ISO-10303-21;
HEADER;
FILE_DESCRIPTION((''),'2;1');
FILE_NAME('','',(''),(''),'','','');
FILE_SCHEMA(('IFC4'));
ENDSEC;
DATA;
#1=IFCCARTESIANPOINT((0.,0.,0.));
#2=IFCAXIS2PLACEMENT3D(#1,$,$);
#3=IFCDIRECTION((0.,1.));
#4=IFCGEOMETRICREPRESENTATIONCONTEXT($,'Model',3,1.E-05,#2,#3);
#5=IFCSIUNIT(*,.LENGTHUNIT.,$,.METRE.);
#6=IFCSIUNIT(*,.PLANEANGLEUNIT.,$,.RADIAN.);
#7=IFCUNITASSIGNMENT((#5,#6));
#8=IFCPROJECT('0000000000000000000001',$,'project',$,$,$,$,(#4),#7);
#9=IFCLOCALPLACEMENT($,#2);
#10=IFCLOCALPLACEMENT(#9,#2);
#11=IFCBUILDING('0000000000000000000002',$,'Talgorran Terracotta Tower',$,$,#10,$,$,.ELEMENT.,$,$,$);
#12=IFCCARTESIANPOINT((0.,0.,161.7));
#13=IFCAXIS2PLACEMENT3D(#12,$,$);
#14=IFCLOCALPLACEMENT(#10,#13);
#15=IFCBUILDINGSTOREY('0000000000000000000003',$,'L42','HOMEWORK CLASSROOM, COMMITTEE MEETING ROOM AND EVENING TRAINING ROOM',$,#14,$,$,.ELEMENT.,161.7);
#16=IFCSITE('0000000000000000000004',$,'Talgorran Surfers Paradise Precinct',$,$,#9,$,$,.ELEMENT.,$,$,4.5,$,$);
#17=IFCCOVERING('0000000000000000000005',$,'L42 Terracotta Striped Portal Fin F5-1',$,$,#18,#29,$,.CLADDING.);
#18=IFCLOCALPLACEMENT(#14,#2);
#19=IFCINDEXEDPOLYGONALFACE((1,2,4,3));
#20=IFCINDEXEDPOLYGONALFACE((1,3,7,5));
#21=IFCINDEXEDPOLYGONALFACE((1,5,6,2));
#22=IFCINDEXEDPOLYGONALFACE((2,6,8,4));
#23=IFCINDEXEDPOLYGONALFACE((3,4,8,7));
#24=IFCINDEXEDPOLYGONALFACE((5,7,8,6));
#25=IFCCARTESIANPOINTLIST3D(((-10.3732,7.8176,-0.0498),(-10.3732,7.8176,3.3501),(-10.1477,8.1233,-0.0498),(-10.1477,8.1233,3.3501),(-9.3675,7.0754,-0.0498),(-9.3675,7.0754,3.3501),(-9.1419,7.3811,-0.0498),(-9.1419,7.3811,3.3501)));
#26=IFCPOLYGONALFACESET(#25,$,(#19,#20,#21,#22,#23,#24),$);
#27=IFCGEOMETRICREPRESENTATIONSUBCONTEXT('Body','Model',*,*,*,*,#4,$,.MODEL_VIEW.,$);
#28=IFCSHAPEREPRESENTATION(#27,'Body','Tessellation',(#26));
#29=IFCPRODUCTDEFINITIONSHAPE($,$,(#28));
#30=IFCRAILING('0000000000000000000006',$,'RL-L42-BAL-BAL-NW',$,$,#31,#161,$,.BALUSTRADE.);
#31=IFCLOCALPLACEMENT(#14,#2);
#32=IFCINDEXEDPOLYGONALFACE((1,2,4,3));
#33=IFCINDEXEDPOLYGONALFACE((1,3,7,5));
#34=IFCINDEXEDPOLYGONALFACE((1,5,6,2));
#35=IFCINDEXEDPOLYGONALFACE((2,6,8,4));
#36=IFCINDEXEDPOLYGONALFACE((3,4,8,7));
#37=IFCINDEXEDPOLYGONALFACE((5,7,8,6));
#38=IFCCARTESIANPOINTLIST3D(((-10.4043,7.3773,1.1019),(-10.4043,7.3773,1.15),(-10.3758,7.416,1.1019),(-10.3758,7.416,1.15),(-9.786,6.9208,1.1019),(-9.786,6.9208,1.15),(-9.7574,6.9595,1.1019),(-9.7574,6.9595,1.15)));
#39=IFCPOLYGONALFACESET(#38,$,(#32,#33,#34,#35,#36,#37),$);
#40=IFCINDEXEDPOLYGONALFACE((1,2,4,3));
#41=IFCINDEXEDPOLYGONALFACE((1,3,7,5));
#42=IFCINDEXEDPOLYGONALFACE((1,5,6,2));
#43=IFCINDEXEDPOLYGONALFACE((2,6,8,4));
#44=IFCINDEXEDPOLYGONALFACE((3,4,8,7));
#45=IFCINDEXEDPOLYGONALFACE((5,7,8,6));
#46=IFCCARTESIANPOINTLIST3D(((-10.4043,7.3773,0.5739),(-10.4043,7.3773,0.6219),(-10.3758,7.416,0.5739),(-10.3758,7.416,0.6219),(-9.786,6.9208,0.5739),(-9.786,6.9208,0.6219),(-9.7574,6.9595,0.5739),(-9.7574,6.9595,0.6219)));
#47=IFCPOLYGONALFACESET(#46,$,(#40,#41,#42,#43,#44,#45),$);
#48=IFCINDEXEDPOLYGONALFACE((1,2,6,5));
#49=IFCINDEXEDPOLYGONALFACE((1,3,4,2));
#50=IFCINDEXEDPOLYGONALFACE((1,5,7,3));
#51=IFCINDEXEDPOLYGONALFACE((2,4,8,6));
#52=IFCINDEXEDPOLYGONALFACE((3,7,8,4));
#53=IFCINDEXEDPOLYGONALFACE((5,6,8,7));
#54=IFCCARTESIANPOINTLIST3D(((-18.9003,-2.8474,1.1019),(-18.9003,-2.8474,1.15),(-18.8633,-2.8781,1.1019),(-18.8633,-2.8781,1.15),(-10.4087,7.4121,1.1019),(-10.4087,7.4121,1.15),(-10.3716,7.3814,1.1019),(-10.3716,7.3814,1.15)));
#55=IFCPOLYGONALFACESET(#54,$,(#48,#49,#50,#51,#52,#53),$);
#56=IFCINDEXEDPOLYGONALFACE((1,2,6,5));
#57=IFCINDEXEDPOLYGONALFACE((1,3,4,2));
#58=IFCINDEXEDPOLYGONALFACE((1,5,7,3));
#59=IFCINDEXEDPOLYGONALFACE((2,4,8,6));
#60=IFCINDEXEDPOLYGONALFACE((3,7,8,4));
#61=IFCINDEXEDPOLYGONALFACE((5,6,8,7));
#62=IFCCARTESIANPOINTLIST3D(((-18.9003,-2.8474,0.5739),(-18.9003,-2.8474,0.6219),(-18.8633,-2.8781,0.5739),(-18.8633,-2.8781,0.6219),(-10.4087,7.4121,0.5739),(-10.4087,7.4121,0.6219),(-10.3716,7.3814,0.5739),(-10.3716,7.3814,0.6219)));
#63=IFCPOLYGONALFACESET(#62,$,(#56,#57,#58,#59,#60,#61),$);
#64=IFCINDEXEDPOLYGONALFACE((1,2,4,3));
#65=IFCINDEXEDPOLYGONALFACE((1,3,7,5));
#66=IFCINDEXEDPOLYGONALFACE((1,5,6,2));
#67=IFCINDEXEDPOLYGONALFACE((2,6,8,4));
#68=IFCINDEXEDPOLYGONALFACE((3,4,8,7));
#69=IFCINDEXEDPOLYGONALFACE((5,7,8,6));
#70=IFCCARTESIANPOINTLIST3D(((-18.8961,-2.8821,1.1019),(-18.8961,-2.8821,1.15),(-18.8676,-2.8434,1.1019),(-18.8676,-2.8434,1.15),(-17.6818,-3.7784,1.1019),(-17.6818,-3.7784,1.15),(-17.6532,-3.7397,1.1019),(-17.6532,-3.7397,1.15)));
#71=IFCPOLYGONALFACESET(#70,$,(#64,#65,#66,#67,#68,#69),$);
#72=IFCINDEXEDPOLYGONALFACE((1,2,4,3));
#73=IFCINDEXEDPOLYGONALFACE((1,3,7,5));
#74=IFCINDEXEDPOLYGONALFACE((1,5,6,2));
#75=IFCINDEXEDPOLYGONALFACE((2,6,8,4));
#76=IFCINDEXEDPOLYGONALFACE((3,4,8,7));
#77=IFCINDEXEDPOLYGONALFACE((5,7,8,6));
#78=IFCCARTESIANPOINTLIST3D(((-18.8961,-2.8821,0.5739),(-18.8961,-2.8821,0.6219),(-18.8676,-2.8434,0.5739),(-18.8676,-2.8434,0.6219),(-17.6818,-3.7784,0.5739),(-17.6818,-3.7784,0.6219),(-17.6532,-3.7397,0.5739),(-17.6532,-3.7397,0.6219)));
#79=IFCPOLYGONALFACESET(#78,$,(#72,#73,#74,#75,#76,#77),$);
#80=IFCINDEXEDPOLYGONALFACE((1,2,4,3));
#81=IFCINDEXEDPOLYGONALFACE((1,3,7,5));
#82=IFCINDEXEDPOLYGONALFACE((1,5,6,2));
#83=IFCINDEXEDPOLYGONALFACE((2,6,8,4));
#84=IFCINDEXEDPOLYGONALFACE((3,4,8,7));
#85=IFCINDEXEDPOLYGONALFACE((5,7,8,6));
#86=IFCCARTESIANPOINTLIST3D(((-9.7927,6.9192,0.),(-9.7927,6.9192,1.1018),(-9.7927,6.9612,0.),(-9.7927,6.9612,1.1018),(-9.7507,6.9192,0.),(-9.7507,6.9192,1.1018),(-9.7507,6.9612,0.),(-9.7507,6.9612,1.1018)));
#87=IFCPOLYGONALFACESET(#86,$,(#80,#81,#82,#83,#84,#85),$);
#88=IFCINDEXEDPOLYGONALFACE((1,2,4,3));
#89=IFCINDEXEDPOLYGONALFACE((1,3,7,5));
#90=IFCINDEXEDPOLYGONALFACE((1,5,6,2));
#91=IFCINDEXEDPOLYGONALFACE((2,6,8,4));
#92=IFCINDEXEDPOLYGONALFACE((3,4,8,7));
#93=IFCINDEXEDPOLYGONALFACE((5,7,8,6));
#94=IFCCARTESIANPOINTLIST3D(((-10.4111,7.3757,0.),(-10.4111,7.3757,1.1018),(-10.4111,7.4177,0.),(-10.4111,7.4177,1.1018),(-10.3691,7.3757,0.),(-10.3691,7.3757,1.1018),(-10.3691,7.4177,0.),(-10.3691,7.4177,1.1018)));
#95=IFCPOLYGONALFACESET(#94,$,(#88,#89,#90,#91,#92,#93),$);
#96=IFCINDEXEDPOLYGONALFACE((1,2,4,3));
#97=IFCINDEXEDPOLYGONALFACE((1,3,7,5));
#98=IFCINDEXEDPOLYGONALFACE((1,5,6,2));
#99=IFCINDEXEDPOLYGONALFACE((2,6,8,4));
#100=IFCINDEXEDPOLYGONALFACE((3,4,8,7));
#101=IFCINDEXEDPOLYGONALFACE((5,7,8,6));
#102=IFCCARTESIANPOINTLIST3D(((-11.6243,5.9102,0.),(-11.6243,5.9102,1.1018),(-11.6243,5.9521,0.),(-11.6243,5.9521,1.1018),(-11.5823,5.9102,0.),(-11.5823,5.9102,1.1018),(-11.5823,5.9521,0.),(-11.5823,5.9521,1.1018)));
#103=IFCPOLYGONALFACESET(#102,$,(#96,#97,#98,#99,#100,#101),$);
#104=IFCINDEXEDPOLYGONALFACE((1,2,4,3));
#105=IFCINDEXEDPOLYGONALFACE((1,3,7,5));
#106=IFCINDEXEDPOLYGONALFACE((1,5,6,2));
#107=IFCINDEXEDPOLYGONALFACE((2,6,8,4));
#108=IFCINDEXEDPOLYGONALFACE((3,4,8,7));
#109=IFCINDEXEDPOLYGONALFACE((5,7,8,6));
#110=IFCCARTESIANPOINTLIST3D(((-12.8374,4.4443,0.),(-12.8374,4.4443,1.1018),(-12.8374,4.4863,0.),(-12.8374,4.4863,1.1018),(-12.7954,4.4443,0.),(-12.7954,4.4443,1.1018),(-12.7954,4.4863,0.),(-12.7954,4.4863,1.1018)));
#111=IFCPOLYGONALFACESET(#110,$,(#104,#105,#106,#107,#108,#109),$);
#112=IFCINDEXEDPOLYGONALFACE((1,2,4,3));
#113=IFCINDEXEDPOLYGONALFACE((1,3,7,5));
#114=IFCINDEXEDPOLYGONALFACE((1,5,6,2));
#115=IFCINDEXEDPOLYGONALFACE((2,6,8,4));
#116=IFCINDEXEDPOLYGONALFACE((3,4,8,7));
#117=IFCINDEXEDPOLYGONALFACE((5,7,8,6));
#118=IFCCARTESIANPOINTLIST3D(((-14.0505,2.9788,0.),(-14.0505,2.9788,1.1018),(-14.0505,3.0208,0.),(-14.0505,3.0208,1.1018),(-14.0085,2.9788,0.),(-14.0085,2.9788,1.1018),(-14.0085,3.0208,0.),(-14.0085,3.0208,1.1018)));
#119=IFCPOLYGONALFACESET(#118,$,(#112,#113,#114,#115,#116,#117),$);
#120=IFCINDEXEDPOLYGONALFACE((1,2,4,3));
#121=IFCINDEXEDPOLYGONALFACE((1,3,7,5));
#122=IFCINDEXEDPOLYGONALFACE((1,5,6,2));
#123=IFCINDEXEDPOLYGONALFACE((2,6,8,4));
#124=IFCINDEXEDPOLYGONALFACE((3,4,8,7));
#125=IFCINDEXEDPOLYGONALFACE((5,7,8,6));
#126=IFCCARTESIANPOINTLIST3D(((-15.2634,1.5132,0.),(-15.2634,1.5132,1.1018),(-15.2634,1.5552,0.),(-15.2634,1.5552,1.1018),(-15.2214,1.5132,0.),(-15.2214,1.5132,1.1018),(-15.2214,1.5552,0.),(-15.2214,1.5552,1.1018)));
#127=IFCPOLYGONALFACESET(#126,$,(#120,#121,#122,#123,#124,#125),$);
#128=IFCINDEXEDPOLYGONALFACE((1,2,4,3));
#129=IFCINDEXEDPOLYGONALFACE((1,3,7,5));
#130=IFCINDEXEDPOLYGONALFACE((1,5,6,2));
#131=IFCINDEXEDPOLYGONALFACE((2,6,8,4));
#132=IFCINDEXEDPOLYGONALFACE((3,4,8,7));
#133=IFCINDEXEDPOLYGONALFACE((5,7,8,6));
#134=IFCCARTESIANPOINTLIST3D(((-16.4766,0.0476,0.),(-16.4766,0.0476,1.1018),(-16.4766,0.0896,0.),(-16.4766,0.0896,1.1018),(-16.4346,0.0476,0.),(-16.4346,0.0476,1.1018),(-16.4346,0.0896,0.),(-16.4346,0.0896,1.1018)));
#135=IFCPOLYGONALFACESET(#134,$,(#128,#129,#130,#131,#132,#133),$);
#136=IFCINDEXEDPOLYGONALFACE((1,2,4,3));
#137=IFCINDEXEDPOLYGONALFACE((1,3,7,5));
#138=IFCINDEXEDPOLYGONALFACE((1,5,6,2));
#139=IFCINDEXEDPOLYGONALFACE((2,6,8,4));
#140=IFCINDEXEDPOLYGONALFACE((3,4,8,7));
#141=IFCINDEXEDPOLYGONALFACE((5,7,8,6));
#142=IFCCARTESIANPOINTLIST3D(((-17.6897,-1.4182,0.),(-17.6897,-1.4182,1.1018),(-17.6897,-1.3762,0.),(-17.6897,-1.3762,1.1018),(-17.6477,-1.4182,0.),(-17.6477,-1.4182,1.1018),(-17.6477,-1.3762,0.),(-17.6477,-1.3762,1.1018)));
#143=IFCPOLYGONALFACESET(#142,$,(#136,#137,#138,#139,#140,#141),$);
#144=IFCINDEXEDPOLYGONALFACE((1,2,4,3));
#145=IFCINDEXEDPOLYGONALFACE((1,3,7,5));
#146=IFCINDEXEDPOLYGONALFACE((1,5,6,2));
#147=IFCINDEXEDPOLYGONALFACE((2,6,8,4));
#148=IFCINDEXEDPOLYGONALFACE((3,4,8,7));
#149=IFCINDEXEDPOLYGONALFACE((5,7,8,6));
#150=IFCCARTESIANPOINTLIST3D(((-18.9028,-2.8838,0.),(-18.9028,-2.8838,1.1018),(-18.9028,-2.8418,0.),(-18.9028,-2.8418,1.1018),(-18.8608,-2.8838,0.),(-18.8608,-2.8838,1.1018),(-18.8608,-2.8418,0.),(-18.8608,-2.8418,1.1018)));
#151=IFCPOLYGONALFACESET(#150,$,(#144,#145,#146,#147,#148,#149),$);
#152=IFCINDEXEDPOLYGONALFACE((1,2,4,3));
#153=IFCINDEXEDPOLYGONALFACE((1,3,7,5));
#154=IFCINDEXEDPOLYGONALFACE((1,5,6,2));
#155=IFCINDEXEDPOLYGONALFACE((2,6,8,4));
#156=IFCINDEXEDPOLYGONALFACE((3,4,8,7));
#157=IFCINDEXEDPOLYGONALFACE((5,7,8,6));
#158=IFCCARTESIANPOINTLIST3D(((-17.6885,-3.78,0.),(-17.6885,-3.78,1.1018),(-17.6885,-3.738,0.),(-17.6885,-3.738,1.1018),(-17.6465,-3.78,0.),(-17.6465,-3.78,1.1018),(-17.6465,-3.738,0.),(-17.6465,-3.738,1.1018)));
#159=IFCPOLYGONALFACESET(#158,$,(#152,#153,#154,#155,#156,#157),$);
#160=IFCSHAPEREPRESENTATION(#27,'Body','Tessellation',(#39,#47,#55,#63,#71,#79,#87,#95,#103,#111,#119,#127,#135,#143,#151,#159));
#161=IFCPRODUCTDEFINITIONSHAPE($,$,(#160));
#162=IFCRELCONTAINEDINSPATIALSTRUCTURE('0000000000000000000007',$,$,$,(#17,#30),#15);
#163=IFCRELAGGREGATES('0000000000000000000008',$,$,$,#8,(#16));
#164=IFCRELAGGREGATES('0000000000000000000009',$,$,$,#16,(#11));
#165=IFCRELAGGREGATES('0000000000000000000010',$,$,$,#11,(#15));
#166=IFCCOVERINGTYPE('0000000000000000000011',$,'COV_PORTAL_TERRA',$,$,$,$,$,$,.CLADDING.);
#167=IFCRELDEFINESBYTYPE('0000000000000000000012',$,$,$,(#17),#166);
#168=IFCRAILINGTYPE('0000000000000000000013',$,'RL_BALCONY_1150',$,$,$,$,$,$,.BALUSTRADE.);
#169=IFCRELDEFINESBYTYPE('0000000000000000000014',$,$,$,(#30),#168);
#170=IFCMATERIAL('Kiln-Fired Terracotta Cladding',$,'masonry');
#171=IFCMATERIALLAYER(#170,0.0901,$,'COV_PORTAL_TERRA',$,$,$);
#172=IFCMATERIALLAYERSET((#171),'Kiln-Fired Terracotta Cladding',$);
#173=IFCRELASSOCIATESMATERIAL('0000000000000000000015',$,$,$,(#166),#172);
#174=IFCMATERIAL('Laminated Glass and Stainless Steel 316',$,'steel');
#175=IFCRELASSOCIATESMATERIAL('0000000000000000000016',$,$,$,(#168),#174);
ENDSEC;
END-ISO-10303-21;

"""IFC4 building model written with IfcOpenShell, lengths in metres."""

from ifc_helpers import new_model, si_unit, direction, frame, origin, origin_2d, place, context, subcontext, project, spatial, rectangle, extrude, material, layer, layer_set, type_object, element, save


model = new_model("IFC4")

# Units and contexts
model_context = context("Model", 3, precision=1e-05, world=origin(), true_north=direction((0.0, 1.0)))
body_context = subcontext(model_context, "Body", "Model", "MODEL_VIEW")
ifc_project = project(units=[si_unit("LENGTHUNIT", "METRE"), si_unit("PLANEANGLEUNIT", "RADIAN")], contexts=[model_context])

# Site, building, storey
site_placement = place(None, origin())
site = spatial("IfcSite", under=ifc_project, at=site_placement, Name="Talgorran Surfers Paradise Precinct", CompositionType="ELEMENT", RefElevation=4.5)
building_placement = place(site_placement, origin())
building = spatial("IfcBuilding", under=site, at=building_placement, Name="Talgorran Terracotta Tower", CompositionType="ELEMENT")
storey_placement = place(building_placement, frame((0.0, 0.0, 161.7)))
storey = spatial("IfcBuildingStorey", under=building, at=storey_placement, Name="L42", Description="HOMEWORK CLASSROOM, COMMITTEE MEETING ROOM AND EVENING TRAINING ROOM", CompositionType="ELEMENT", Elevation=161.7)

# Covering
ifc_material_1 = material(Name="Kiln-Fired Terracotta Cladding", Category="masonry")
ifc_layer_1 = layer(ifc_material_1, 0.0901, Name="COV_PORTAL_TERRA")
ifc_layer_set_1 = layer_set([ifc_layer_1], Name="Kiln-Fired Terracotta Cladding")
covering_type_1 = type_object("IfcCoveringType", Name="COV_PORTAL_TERRA", PredefinedType="CLADDING", material=ifc_layer_set_1)
covering_1_placement = place(storey_placement, frame((-9.7576, 7.5994, -0.0498), z_axis=(0.0, 0.0, 1.0), x_axis=(-0.593784, -0.804624, 0.0)))
element("IfcCovering", 1, at=covering_1_placement, inside=storey, type_object=covering_type_1, Name="L42 Terracotta Striped Portal Fin F5-1", PredefinedType="CLADDING", context=body_context, shape_type="SweptSolid", body=[
    extrude(rectangle(XDim=0.3799, YDim=1.25, at=origin_2d()), origin(), (0.0, 0.0, 1.0), 3.3999),
])

# Railing
ifc_material_2 = material(Name="Laminated Glass and Stainless Steel 316", Category="steel")
railing_type = type_object("IfcRailingType", Name="RL_BALCONY_1150", PredefinedType="BALUSTRADE", material=ifc_material_2)
railing_placement = place(storey_placement, frame((-9.7717, 6.9402, 0.0)))
element("IfcRailing", 2, at=railing_placement, inside=storey, type_object=railing_type, Name="RL-L42-BAL-BAL-NW", PredefinedType="BALUSTRADE", context=body_context, shape_type="SweptSolid", body=[
    extrude(rectangle(XDim=0.0481, YDim=0.0481, at=origin_2d()), frame((0.0, 0.0, 1.126), z_axis=(-0.804513, 0.593936, 0.0), x_axis=(-0.593936, -0.804513, 0.0)), (0.0, 0.0, 1.0), 0.7686),
    extrude(rectangle(XDim=0.0481, YDim=0.0481, at=origin_2d()), frame((0.0, 0.0, 0.5979), z_axis=(-0.804513, 0.593936, 0.0), x_axis=(-0.593936, -0.804513, 0.0)), (0.0, 0.0, 1.0), 0.7686),
    extrude(rectangle(XDim=0.0481, YDim=0.0481, at=origin_2d()), frame((-0.6184, 0.4565, 1.126), z_axis=(-0.637615, -0.770355, 0.0), x_axis=(0.770355, -0.637615, 0.0)), (0.0, 0.0, 1.0), 13.3179),
    extrude(rectangle(XDim=0.0481, YDim=0.0481, at=origin_2d()), frame((-0.6184, 0.4565, 0.5979), z_axis=(-0.637615, -0.770355, 0.0), x_axis=(0.770355, -0.637615, 0.0)), (0.0, 0.0, 1.0), 13.3179),
    extrude(rectangle(XDim=0.0481, YDim=0.0481, at=origin_2d()), frame((-9.1101, -9.803, 1.126), z_axis=(0.804596, -0.593822, 0.0), x_axis=(0.593822, 0.804596, 0.0)), (0.0, 0.0, 1.0), 1.5093),
    extrude(rectangle(XDim=0.0481, YDim=0.0481, at=origin_2d()), frame((-9.1101, -9.803, 0.5979), z_axis=(0.804596, -0.593822, 0.0), x_axis=(0.593822, 0.804596, 0.0)), (0.0, 0.0, 1.0), 1.5093),
    extrude(rectangle(XDim=0.042, YDim=0.042, at=origin_2d()), origin(), (0.0, 0.0, 1.0), 1.1018),
    extrude(rectangle(XDim=0.042, YDim=0.042, at=origin_2d()), frame((-0.6184, 0.4565, 0.0)), (0.0, 0.0, 1.0), 1.1018),
    extrude(rectangle(XDim=0.042, YDim=0.042, at=origin_2d()), frame((-1.8315, -1.009, 0.0)), (0.0, 0.0, 1.0), 1.1018),
    extrude(rectangle(XDim=0.042, YDim=0.042, at=origin_2d()), frame((-3.0447, -2.4749, 0.0)), (0.0, 0.0, 1.0), 1.1018),
    extrude(rectangle(XDim=0.042, YDim=0.042, at=origin_2d()), frame((-4.2578, -3.9404, 0.0)), (0.0, 0.0, 1.0), 1.1018),
    extrude(rectangle(XDim=0.042, YDim=0.042, at=origin_2d()), frame((-5.4707, -5.406, 0.0)), (0.0, 0.0, 1.0), 1.1018),
    extrude(rectangle(XDim=0.042, YDim=0.042, at=origin_2d()), frame((-6.6838, -6.8716, 0.0)), (0.0, 0.0, 1.0), 1.1018),
    extrude(rectangle(XDim=0.042, YDim=0.042, at=origin_2d()), frame((-7.897, -8.3374, 0.0)), (0.0, 0.0, 1.0), 1.1018),
    extrude(rectangle(XDim=0.042, YDim=0.042, at=origin_2d()), frame((-9.1101, -9.803, 0.0)), (0.0, 0.0, 1.0), 1.1018),
    extrude(rectangle(XDim=0.042, YDim=0.042, at=origin_2d()), frame((-7.8958, -10.6992, 0.0)), (0.0, 0.0, 1.0), 1.1018),
])

save(model, "model.ifc")
